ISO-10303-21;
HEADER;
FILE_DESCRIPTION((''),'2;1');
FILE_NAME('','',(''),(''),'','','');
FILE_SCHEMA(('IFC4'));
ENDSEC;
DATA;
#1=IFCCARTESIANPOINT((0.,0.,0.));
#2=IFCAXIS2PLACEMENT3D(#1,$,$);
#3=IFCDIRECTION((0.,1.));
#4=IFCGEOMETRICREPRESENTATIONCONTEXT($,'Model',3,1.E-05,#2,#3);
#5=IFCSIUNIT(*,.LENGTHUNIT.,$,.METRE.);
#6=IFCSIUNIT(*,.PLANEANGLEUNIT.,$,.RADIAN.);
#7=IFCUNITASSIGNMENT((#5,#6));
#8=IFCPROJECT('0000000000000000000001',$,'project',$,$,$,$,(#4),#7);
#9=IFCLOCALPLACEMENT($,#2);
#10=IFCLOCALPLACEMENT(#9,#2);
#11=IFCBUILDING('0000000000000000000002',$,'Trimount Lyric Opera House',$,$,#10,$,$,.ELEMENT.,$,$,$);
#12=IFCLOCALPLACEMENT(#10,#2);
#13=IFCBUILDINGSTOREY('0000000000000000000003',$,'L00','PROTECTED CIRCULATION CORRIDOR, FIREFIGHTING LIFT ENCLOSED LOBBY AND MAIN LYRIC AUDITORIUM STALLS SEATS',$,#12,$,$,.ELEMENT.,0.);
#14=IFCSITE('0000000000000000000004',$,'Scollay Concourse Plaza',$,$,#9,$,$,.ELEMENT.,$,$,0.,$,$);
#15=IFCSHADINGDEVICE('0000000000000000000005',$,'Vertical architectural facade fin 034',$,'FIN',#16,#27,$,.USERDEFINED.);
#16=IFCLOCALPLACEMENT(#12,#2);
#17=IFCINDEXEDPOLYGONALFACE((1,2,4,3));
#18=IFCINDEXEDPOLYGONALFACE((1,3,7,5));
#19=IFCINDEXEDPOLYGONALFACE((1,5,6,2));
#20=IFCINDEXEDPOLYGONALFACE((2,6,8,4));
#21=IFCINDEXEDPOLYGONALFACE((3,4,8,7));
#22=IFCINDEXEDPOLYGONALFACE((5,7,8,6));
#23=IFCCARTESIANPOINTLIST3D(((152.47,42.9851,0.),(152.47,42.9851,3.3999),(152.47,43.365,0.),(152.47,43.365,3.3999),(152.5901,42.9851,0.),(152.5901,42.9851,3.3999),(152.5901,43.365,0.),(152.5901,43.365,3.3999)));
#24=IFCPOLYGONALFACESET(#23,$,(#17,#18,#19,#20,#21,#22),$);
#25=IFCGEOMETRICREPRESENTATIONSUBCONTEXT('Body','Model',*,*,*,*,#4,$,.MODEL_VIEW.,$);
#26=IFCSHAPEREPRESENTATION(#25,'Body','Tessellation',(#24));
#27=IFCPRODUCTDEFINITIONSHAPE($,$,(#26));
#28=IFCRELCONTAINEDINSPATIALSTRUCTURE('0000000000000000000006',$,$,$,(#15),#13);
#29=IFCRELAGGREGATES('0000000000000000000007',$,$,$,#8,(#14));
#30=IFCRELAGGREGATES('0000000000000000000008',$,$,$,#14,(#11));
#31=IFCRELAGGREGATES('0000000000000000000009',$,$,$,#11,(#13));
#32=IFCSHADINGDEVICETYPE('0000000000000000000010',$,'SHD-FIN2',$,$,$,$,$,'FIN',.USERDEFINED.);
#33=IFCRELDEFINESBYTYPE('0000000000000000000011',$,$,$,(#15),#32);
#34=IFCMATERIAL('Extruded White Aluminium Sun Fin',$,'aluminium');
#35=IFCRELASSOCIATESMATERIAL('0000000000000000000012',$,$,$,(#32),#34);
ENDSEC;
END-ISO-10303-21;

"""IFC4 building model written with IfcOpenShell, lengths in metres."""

from ifc_helpers import new_model, si_unit, direction, frame, origin, origin_2d, place, context, subcontext, project, spatial, rectangle, extrude, material, type_object, element, save


model = new_model("IFC4")

# Units and contexts
model_context = context("Model", 3, precision=1e-05, world=origin(), true_north=direction((0.0, 1.0)))
body_context = subcontext(model_context, "Body", "Model", "MODEL_VIEW")
ifc_project = project(units=[si_unit("LENGTHUNIT", "METRE"), si_unit("PLANEANGLEUNIT", "RADIAN")], contexts=[model_context])

# Site, building, storey
site_placement = place(None, origin())
site = spatial("IfcSite", under=ifc_project, at=site_placement, Name="Scollay Concourse Plaza", CompositionType="ELEMENT", RefElevation=0.0)
building_placement = place(site_placement, origin())
building = spatial("IfcBuilding", under=site, at=building_placement, Name="Trimount Lyric Opera House", CompositionType="ELEMENT")
storey_placement = place(building_placement, origin())
storey = spatial("IfcBuildingStorey", under=building, at=storey_placement, Name="L00", Description="PROTECTED CIRCULATION CORRIDOR, FIREFIGHTING LIFT ENCLOSED LOBBY AND MAIN LYRIC AUDITORIUM STALLS SEATS", CompositionType="ELEMENT", Elevation=0.0)

# Shading device
ifc_material_1 = material(Name="Extruded White Aluminium Sun Fin", Category="aluminium")
shading_device_type_1 = type_object("IfcShadingDeviceType", Name="SHD-FIN2", ElementType="FIN", PredefinedType="USERDEFINED", material=ifc_material_1)
shading_device_1_placement = place(storey_placement, frame((152.53, 43.175, 0.0), z_axis=(0.0, 0.0, 1.0), x_axis=(1.0, 0.0, 0.0)))
element("IfcShadingDevice", 1, at=shading_device_1_placement, inside=storey, type_object=shading_device_type_1, Name="Vertical architectural facade fin 034", ObjectType="FIN", PredefinedType="USERDEFINED", context=body_context, shape_type="SweptSolid", body=[
    extrude(rectangle(XDim=0.1201, YDim=0.3799, at=origin_2d()), origin(), (0.0, 0.0, 1.0), 3.3999),
])

save(model, "model.ifc")
